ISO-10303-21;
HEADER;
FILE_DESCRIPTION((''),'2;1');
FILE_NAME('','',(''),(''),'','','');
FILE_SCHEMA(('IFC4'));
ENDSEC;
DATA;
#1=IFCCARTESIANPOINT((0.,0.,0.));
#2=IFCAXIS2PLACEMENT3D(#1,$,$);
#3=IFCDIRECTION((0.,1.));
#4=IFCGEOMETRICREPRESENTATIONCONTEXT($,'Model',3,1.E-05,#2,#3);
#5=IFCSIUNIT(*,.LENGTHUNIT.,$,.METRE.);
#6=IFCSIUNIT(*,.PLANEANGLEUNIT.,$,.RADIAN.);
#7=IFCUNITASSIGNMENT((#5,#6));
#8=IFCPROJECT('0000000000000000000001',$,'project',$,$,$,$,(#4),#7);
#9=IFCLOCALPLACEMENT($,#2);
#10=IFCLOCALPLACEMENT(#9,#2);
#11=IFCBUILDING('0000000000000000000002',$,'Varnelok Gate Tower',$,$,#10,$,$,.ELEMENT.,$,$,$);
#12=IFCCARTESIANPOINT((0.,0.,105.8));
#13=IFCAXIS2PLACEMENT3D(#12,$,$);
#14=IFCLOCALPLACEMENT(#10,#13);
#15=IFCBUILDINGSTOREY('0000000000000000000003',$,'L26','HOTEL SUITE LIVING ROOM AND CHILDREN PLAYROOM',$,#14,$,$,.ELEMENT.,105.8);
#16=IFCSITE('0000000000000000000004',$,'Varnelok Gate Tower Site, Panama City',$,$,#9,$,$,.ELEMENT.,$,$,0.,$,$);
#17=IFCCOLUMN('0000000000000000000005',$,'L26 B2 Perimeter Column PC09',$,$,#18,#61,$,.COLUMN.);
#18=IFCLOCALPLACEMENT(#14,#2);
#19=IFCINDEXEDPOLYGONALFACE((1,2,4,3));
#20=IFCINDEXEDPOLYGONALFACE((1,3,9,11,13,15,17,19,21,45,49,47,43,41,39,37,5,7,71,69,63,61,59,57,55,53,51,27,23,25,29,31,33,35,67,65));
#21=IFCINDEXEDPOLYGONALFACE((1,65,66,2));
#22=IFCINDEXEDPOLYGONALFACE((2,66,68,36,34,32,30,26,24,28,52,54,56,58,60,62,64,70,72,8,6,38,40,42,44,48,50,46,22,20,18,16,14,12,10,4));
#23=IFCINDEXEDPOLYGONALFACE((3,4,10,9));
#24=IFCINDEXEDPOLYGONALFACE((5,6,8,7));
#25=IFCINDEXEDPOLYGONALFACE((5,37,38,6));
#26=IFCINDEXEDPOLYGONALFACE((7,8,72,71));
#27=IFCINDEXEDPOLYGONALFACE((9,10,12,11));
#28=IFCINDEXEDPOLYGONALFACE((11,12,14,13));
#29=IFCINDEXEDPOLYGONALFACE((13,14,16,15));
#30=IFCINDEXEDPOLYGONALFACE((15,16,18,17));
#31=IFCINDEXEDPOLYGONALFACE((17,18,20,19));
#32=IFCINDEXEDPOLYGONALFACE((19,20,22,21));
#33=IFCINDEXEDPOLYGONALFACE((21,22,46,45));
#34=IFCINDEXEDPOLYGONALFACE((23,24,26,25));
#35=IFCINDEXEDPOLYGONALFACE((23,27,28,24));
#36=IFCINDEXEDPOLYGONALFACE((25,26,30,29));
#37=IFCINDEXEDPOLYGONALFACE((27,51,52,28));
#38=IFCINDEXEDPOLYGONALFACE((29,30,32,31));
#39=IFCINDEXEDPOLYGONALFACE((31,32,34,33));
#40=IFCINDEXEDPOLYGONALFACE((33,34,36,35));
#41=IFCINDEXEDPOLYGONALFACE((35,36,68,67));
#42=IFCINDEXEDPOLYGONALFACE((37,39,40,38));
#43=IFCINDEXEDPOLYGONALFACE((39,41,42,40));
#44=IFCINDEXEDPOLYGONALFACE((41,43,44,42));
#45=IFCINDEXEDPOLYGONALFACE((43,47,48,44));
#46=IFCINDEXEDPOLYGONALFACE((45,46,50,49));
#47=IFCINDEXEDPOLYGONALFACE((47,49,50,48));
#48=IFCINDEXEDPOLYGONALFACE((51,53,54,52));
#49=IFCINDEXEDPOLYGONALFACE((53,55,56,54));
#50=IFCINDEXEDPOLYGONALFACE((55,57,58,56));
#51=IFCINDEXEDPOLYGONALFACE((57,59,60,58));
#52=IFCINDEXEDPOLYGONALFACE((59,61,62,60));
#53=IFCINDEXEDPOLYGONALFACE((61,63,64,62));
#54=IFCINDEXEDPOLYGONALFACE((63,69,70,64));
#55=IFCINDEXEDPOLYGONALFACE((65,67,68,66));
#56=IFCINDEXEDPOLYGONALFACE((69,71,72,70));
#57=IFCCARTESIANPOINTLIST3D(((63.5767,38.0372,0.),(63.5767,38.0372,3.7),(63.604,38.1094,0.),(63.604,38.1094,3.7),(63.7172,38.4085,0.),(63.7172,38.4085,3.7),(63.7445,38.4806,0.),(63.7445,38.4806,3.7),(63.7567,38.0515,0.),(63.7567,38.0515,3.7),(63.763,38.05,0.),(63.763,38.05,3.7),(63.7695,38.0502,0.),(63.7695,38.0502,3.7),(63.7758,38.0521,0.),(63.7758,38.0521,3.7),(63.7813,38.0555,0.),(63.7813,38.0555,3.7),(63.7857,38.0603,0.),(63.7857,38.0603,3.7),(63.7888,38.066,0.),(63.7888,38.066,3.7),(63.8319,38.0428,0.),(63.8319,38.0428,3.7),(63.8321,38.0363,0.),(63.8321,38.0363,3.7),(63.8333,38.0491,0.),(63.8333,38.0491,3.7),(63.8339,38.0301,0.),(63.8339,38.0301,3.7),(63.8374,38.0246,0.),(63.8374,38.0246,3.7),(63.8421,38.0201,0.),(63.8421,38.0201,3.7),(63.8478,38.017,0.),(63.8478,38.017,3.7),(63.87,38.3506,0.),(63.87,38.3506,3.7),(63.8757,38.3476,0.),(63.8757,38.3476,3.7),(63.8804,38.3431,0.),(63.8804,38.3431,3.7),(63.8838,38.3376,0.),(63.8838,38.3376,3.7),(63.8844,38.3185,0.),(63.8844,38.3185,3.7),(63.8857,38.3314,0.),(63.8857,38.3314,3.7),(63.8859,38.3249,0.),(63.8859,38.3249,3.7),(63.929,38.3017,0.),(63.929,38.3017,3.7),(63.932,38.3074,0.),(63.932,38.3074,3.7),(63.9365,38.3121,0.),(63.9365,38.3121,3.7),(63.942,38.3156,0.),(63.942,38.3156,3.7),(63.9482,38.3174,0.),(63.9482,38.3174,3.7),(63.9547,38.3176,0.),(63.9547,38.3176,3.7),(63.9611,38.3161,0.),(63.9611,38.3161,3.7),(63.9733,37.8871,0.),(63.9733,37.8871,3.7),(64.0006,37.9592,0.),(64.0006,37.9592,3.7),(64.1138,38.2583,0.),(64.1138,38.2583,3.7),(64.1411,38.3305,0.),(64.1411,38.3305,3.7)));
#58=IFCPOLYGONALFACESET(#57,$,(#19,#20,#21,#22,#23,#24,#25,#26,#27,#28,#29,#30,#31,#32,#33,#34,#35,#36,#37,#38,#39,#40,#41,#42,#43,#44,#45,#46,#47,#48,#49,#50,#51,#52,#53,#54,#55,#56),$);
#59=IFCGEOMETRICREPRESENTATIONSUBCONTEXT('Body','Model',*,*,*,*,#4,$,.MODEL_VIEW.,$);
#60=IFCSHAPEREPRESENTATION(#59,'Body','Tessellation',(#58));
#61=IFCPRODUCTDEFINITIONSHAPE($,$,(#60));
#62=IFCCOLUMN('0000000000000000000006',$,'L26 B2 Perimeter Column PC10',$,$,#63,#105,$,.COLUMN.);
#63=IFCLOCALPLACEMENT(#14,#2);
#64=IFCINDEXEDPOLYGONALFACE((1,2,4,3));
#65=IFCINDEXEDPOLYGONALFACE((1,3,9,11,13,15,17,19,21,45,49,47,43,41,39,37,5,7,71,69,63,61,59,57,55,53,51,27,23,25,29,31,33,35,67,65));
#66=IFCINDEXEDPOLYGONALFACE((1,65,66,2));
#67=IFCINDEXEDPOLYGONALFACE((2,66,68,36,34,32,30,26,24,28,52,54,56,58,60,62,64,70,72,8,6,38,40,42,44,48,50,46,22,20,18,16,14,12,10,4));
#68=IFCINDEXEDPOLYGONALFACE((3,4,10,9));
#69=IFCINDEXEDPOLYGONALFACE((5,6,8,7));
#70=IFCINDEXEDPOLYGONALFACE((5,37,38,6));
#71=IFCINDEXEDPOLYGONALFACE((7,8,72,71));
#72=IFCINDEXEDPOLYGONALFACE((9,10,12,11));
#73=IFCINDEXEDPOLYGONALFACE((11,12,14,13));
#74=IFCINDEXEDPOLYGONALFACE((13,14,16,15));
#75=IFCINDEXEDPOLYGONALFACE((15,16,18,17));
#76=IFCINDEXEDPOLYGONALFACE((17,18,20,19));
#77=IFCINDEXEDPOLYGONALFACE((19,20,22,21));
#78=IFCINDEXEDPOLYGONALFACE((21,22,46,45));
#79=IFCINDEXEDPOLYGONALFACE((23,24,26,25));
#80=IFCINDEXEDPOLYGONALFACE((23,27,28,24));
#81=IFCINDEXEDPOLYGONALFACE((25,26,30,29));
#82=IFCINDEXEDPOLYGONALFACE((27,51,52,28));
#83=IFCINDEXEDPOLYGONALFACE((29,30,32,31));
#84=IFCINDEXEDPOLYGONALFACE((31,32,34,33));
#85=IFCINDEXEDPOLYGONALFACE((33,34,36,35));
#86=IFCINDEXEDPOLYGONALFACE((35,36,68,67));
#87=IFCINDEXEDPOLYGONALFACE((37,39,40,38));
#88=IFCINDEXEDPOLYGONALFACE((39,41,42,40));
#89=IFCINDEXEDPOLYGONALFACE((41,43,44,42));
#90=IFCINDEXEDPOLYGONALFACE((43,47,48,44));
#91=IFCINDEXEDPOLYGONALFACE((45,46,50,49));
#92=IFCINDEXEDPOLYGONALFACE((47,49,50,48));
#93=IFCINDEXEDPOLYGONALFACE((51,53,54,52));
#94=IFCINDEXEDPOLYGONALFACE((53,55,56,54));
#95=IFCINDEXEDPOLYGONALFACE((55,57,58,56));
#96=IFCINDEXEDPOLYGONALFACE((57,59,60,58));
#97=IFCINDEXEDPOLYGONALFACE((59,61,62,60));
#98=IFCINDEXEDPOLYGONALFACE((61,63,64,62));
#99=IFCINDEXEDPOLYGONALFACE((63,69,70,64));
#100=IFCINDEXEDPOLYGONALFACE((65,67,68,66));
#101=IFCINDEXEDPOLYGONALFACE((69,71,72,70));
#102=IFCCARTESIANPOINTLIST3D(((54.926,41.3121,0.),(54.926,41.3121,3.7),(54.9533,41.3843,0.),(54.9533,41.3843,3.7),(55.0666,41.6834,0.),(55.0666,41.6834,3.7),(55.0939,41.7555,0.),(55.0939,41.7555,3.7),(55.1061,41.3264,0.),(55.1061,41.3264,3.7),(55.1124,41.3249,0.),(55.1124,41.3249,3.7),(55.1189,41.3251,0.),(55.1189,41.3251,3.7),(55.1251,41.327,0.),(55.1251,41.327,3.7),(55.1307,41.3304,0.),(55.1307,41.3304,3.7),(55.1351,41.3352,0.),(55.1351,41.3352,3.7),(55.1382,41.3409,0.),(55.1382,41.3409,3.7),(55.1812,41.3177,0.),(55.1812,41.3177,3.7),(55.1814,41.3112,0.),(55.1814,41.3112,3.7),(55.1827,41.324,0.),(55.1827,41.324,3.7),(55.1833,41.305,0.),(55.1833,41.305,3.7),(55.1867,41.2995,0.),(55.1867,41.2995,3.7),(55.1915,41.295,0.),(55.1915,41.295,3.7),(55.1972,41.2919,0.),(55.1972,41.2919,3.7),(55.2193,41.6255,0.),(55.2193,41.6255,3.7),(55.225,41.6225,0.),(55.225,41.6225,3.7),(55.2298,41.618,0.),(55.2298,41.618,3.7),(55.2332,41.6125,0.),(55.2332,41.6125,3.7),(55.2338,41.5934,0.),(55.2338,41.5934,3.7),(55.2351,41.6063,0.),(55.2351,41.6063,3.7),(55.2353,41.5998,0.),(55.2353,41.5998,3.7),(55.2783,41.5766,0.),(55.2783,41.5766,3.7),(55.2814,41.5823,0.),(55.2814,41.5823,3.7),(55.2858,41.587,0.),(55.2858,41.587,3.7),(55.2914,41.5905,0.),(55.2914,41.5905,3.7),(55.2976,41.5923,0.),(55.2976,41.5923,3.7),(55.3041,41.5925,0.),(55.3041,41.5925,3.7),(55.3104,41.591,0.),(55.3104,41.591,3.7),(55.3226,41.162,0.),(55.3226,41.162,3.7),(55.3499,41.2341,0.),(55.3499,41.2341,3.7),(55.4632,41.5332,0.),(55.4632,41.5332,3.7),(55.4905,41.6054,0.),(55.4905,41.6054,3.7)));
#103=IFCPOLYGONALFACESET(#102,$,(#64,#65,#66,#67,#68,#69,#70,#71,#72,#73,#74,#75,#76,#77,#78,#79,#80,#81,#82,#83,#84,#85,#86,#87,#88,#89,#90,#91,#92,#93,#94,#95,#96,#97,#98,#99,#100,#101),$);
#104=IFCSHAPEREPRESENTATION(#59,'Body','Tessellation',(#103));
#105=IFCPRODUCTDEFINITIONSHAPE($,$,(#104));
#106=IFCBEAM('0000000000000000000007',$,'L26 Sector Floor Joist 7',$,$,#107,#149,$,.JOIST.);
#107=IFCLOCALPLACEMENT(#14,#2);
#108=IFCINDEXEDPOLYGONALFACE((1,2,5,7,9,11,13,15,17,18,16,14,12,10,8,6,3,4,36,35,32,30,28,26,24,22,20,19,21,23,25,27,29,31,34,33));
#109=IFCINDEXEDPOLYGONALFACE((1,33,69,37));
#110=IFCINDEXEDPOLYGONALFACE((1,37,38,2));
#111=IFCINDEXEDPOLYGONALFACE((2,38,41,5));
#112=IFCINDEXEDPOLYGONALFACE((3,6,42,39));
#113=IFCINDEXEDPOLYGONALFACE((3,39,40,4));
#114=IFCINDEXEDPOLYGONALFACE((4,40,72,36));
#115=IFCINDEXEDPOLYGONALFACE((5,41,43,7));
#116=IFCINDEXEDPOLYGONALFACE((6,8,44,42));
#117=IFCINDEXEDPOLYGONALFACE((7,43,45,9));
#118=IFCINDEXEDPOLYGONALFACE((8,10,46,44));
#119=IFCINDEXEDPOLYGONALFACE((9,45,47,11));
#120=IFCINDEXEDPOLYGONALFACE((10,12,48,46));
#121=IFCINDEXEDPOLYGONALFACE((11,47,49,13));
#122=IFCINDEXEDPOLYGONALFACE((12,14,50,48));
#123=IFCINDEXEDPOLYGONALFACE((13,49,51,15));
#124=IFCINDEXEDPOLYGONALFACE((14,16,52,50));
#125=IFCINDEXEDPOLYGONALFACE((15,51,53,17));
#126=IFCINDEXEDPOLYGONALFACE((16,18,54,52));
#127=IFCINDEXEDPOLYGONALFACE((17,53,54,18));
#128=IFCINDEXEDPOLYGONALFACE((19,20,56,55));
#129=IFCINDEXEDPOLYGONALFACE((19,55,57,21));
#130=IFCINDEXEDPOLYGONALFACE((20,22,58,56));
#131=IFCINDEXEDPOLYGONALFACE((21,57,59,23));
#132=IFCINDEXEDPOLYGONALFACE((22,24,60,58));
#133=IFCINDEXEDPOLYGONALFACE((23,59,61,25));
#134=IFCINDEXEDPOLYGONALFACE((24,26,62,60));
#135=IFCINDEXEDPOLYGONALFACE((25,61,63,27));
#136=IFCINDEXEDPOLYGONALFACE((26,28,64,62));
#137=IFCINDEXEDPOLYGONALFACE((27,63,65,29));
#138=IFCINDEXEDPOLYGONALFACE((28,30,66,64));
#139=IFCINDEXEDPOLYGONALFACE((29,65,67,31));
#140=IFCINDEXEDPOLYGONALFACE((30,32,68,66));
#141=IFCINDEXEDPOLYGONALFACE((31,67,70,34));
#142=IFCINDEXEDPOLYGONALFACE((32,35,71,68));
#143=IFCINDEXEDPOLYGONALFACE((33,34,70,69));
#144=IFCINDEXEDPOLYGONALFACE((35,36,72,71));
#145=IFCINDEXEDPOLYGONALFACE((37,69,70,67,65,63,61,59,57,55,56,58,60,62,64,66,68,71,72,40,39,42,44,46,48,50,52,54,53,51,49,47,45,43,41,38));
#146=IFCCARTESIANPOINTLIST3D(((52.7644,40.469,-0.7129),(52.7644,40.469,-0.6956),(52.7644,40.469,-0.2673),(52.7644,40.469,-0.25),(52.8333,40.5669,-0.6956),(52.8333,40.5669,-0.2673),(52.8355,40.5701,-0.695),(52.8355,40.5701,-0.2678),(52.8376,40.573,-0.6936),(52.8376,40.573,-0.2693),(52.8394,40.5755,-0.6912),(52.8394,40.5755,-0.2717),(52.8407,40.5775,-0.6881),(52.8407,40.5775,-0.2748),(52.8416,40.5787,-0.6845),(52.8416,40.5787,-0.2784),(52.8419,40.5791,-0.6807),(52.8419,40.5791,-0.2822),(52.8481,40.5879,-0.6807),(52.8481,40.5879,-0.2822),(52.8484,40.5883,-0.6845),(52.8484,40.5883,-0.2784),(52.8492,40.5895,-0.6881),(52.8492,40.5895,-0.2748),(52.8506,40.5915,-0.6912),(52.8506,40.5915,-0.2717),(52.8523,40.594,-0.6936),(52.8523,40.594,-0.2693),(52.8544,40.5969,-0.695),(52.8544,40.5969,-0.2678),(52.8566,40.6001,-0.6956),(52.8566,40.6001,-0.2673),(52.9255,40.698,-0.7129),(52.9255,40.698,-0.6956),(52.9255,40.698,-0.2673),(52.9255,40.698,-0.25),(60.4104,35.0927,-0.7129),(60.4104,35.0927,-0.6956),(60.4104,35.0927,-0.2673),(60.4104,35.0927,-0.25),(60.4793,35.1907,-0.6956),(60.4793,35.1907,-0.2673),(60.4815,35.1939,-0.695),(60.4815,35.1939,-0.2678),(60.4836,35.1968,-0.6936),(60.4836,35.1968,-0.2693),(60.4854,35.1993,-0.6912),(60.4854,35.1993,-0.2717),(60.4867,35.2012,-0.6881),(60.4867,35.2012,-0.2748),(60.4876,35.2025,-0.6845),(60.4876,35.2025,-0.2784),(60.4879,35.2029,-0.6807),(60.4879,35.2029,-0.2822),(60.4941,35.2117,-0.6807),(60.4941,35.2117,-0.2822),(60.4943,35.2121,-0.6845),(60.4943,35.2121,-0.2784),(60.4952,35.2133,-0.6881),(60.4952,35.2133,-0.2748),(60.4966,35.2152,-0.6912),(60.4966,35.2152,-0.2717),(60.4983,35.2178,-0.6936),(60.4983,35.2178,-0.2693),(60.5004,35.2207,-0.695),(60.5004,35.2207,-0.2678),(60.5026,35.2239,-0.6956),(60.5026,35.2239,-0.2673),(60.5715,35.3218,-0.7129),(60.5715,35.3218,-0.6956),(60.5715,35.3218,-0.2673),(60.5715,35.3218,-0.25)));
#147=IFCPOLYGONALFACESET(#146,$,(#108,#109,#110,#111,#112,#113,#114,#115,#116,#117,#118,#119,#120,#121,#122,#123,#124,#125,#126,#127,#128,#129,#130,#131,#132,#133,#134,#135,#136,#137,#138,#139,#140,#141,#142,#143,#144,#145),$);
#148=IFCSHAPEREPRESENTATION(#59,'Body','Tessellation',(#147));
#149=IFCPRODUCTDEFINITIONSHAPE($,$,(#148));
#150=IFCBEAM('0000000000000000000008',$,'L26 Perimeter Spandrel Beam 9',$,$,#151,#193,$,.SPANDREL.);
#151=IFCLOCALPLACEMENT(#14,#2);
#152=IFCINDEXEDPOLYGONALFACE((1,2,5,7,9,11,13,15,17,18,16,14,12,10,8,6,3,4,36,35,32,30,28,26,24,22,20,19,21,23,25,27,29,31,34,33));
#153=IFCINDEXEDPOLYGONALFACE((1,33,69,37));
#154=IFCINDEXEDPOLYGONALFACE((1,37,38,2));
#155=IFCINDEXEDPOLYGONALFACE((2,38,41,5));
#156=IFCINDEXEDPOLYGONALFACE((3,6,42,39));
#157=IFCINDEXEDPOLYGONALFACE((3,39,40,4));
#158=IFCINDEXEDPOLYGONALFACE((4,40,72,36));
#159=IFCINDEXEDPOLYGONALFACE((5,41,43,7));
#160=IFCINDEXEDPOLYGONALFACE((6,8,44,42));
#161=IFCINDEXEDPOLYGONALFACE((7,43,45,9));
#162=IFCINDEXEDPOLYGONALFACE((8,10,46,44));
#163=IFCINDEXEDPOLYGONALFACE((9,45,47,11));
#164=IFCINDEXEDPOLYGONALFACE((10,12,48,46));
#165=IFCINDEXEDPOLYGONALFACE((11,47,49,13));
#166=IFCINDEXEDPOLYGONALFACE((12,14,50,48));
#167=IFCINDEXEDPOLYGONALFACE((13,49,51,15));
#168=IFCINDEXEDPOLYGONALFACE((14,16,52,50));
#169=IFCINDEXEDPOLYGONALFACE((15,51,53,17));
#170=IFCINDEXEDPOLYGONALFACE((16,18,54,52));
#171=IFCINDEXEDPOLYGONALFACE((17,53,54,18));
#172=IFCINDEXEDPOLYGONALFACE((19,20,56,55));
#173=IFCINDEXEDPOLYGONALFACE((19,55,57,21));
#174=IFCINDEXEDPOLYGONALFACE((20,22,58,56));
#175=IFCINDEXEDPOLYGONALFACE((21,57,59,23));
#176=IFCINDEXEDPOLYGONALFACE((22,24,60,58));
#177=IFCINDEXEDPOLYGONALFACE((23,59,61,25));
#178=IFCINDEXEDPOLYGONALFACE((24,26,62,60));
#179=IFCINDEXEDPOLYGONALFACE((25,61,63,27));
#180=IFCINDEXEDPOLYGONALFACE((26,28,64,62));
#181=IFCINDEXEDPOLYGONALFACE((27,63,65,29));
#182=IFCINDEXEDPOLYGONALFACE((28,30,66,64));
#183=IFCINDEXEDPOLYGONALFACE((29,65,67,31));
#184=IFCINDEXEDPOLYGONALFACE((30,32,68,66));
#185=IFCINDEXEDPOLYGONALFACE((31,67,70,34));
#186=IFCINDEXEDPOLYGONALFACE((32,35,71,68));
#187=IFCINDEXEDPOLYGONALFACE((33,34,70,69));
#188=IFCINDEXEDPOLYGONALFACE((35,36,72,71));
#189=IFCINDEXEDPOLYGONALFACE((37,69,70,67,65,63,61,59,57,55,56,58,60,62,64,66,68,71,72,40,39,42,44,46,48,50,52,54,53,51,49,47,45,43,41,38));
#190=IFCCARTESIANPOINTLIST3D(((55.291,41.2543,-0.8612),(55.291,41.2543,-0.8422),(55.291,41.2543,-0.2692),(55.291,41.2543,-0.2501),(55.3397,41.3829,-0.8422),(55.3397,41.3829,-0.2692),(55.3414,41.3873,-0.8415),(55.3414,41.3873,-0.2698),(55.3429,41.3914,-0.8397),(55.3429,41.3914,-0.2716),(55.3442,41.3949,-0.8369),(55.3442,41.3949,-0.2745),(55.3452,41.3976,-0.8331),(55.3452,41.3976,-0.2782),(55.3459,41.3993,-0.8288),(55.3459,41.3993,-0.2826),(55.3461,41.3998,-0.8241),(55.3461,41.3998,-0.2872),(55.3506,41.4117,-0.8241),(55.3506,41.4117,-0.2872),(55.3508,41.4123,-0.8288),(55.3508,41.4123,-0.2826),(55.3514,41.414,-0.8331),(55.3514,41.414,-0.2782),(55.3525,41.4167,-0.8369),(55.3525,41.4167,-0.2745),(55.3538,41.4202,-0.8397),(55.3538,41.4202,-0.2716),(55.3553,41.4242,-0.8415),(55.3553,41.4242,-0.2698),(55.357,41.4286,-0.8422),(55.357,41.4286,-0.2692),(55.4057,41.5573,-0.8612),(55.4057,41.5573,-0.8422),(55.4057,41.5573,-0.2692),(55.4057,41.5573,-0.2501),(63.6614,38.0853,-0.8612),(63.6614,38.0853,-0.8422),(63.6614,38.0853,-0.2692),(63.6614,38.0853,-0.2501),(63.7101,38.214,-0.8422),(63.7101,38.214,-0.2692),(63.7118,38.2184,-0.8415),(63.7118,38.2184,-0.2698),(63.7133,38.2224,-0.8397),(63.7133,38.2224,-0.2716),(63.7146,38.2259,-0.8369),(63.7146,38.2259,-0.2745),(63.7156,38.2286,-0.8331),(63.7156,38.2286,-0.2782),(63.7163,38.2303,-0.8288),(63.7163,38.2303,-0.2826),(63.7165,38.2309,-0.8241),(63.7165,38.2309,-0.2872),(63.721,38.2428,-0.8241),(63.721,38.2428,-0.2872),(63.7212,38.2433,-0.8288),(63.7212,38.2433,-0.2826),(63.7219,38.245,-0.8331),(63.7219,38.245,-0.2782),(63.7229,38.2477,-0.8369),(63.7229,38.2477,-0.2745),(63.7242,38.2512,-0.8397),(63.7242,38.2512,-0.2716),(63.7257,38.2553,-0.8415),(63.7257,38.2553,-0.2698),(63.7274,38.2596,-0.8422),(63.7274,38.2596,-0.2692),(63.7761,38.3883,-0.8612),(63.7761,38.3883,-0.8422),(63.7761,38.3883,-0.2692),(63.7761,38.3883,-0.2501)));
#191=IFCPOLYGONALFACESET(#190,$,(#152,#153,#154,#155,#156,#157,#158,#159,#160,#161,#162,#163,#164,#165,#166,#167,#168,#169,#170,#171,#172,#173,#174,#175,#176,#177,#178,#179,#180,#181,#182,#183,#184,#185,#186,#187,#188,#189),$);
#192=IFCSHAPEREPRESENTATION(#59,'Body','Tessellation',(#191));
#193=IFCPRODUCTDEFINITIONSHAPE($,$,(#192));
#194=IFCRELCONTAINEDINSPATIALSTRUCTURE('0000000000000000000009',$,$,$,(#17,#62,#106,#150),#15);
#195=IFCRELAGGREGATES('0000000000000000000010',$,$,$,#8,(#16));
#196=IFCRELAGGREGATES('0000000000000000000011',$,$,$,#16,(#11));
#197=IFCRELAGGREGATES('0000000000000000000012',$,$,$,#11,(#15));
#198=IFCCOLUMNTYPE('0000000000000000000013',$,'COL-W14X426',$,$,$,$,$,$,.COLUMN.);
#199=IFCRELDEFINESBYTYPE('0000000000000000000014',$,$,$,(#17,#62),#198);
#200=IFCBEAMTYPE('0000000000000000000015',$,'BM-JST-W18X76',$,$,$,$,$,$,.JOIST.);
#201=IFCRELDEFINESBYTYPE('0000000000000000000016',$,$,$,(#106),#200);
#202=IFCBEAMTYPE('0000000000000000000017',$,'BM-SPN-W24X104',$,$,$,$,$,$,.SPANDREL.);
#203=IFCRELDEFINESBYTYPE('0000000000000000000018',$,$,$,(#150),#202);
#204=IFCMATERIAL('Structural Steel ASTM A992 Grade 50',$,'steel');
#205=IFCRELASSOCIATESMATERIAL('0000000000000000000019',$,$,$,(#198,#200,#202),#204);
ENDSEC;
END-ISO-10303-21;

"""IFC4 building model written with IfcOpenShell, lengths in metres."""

from ifc_helpers import new_model, si_unit, direction, frame, origin, origin_2d, place, context, subcontext, project, spatial, i_section, extrude, material, material_profile, profile_set, type_object, element, save


model = new_model("IFC4")

# Units and contexts
model_context = context("Model", 3, precision=1e-05, world=origin(), true_north=direction((0.0, 1.0)))
body_context = subcontext(model_context, "Body", "Model", "MODEL_VIEW")
ifc_project = project(units=[si_unit("LENGTHUNIT", "METRE"), si_unit("PLANEANGLEUNIT", "RADIAN")], contexts=[model_context])

# Site, building, storey
site_placement = place(None, origin())
site = spatial("IfcSite", under=ifc_project, at=site_placement, Name="Varnelok Gate Tower Site, Panama City", CompositionType="ELEMENT", RefElevation=0.0)
building_placement = place(site_placement, origin())
building = spatial("IfcBuilding", under=site, at=building_placement, Name="Varnelok Gate Tower", CompositionType="ELEMENT")
storey_placement = place(building_placement, frame((0.0, 0.0, 105.8)))
storey = spatial("IfcBuildingStorey", under=building, at=storey_placement, Name="L26", Description="HOTEL SUITE LIVING ROOM AND CHILDREN PLAYROOM", CompositionType="ELEMENT", Elevation=105.8)

# Columns
ifc_material_1 = material(Name="Structural Steel ASTM A992 Grade 50", Category="steel")
ifc_material_profile_1 = material_profile(ifc_material_1, i_section(OverallWidth=0.4241, OverallDepth=0.4741, WebThickness=0.0476, FlangeThickness=0.0771, FilletRadius=0.0249, at=origin_2d()), Name="W14X426")
ifc_profile_set_1 = profile_set([ifc_material_profile_1], Name="Structural Steel ASTM A992 Grade 50")
column_type = type_object("IfcColumnType", Name="COL-W14X426", PredefinedType="COLUMN", material=ifc_profile_set_1)
for number, where, z_axis, x_axis, name in (
    (1, (63.8589, 38.1838, 0.0), (0.0, 0.0, 1.0), (0.935222, -0.354063, 0.0), "L26 B2 Perimeter Column PC09"),
    (2, (55.2083, 41.4587, 0.0), (0.0, 0.0, 1.0), (0.935222, -0.354063, 0.0), "L26 B2 Perimeter Column PC10"),
):
    element("IfcColumn", number, at=place(storey_placement, frame(where, z_axis=z_axis, x_axis=x_axis)), inside=storey, type_object=column_type, Name=name, PredefinedType="COLUMN", context=body_context, shape_type="SweptSolid", body=[
        extrude(i_section(OverallWidth=0.4241, OverallDepth=0.4741, WebThickness=0.0476, FlangeThickness=0.0771, FilletRadius=0.0249, at=origin_2d()), origin(), (0.0, 0.0, 1.0), 3.7),
    ])

# Beams
ifc_material_profile_2 = material_profile(ifc_material_1, i_section(OverallWidth=0.28, OverallDepth=0.4629, WebThickness=0.0107, FlangeThickness=0.0173, FilletRadius=0.0149, at=origin_2d()), Name="W18X76")
ifc_profile_set_2 = profile_set([ifc_material_profile_2], Name="Structural Steel ASTM A992 Grade 50")
beam_type_1 = type_object("IfcBeamType", Name="BM-JST-W18X76", PredefinedType="JOIST", material=ifc_profile_set_2)
beam_1_placement = place(storey_placement, frame((60.491, 35.2073, -0.4814), z_axis=(-0.818023, 0.575186, 0.0), x_axis=(-0.575186, -0.818023, 0.0)))
element("IfcBeam", 3, at=beam_1_placement, inside=storey, type_object=beam_type_1, Name="L26 Sector Floor Joist 7", PredefinedType="JOIST", context=body_context, shape_type="SweptSolid", body=[
    extrude(i_section(OverallWidth=0.28, OverallDepth=0.4629, WebThickness=0.0107, FlangeThickness=0.0173, FilletRadius=0.0149, at=origin_2d()), origin(), (0.0, 0.0, 1.0), 9.3469),
])
ifc_material_profile_3 = material_profile(ifc_material_1, i_section(OverallWidth=0.324, OverallDepth=0.6111, WebThickness=0.0127, FlangeThickness=0.019, FilletRadius=0.0181, at=origin_2d()), Name="W24X104")
ifc_profile_set_3 = profile_set([ifc_material_profile_3], Name="Structural Steel ASTM A992 Grade 50")
beam_type_2 = type_object("IfcBeamType", Name="BM-SPN-W24X104", PredefinedType="SPANDREL", material=ifc_profile_set_3)
beam_2_placement = place(storey_placement, frame((63.7188, 38.2368, -0.5557), z_axis=(-0.93522, 0.354066, 0.0), x_axis=(-0.354066, -0.93522, 0.0)))
element("IfcBeam", 4, at=beam_2_placement, inside=storey, type_object=beam_type_2, Name="L26 Perimeter Spandrel Beam 9", PredefinedType="SPANDREL", context=body_context, shape_type="SweptSolid", body=[
    extrude(i_section(OverallWidth=0.324, OverallDepth=0.6111, WebThickness=0.0127, FlangeThickness=0.019, FilletRadius=0.0181, at=origin_2d()), origin(), (0.0, 0.0, 1.0), 8.9502),
])

save(model, "model.ifc")
